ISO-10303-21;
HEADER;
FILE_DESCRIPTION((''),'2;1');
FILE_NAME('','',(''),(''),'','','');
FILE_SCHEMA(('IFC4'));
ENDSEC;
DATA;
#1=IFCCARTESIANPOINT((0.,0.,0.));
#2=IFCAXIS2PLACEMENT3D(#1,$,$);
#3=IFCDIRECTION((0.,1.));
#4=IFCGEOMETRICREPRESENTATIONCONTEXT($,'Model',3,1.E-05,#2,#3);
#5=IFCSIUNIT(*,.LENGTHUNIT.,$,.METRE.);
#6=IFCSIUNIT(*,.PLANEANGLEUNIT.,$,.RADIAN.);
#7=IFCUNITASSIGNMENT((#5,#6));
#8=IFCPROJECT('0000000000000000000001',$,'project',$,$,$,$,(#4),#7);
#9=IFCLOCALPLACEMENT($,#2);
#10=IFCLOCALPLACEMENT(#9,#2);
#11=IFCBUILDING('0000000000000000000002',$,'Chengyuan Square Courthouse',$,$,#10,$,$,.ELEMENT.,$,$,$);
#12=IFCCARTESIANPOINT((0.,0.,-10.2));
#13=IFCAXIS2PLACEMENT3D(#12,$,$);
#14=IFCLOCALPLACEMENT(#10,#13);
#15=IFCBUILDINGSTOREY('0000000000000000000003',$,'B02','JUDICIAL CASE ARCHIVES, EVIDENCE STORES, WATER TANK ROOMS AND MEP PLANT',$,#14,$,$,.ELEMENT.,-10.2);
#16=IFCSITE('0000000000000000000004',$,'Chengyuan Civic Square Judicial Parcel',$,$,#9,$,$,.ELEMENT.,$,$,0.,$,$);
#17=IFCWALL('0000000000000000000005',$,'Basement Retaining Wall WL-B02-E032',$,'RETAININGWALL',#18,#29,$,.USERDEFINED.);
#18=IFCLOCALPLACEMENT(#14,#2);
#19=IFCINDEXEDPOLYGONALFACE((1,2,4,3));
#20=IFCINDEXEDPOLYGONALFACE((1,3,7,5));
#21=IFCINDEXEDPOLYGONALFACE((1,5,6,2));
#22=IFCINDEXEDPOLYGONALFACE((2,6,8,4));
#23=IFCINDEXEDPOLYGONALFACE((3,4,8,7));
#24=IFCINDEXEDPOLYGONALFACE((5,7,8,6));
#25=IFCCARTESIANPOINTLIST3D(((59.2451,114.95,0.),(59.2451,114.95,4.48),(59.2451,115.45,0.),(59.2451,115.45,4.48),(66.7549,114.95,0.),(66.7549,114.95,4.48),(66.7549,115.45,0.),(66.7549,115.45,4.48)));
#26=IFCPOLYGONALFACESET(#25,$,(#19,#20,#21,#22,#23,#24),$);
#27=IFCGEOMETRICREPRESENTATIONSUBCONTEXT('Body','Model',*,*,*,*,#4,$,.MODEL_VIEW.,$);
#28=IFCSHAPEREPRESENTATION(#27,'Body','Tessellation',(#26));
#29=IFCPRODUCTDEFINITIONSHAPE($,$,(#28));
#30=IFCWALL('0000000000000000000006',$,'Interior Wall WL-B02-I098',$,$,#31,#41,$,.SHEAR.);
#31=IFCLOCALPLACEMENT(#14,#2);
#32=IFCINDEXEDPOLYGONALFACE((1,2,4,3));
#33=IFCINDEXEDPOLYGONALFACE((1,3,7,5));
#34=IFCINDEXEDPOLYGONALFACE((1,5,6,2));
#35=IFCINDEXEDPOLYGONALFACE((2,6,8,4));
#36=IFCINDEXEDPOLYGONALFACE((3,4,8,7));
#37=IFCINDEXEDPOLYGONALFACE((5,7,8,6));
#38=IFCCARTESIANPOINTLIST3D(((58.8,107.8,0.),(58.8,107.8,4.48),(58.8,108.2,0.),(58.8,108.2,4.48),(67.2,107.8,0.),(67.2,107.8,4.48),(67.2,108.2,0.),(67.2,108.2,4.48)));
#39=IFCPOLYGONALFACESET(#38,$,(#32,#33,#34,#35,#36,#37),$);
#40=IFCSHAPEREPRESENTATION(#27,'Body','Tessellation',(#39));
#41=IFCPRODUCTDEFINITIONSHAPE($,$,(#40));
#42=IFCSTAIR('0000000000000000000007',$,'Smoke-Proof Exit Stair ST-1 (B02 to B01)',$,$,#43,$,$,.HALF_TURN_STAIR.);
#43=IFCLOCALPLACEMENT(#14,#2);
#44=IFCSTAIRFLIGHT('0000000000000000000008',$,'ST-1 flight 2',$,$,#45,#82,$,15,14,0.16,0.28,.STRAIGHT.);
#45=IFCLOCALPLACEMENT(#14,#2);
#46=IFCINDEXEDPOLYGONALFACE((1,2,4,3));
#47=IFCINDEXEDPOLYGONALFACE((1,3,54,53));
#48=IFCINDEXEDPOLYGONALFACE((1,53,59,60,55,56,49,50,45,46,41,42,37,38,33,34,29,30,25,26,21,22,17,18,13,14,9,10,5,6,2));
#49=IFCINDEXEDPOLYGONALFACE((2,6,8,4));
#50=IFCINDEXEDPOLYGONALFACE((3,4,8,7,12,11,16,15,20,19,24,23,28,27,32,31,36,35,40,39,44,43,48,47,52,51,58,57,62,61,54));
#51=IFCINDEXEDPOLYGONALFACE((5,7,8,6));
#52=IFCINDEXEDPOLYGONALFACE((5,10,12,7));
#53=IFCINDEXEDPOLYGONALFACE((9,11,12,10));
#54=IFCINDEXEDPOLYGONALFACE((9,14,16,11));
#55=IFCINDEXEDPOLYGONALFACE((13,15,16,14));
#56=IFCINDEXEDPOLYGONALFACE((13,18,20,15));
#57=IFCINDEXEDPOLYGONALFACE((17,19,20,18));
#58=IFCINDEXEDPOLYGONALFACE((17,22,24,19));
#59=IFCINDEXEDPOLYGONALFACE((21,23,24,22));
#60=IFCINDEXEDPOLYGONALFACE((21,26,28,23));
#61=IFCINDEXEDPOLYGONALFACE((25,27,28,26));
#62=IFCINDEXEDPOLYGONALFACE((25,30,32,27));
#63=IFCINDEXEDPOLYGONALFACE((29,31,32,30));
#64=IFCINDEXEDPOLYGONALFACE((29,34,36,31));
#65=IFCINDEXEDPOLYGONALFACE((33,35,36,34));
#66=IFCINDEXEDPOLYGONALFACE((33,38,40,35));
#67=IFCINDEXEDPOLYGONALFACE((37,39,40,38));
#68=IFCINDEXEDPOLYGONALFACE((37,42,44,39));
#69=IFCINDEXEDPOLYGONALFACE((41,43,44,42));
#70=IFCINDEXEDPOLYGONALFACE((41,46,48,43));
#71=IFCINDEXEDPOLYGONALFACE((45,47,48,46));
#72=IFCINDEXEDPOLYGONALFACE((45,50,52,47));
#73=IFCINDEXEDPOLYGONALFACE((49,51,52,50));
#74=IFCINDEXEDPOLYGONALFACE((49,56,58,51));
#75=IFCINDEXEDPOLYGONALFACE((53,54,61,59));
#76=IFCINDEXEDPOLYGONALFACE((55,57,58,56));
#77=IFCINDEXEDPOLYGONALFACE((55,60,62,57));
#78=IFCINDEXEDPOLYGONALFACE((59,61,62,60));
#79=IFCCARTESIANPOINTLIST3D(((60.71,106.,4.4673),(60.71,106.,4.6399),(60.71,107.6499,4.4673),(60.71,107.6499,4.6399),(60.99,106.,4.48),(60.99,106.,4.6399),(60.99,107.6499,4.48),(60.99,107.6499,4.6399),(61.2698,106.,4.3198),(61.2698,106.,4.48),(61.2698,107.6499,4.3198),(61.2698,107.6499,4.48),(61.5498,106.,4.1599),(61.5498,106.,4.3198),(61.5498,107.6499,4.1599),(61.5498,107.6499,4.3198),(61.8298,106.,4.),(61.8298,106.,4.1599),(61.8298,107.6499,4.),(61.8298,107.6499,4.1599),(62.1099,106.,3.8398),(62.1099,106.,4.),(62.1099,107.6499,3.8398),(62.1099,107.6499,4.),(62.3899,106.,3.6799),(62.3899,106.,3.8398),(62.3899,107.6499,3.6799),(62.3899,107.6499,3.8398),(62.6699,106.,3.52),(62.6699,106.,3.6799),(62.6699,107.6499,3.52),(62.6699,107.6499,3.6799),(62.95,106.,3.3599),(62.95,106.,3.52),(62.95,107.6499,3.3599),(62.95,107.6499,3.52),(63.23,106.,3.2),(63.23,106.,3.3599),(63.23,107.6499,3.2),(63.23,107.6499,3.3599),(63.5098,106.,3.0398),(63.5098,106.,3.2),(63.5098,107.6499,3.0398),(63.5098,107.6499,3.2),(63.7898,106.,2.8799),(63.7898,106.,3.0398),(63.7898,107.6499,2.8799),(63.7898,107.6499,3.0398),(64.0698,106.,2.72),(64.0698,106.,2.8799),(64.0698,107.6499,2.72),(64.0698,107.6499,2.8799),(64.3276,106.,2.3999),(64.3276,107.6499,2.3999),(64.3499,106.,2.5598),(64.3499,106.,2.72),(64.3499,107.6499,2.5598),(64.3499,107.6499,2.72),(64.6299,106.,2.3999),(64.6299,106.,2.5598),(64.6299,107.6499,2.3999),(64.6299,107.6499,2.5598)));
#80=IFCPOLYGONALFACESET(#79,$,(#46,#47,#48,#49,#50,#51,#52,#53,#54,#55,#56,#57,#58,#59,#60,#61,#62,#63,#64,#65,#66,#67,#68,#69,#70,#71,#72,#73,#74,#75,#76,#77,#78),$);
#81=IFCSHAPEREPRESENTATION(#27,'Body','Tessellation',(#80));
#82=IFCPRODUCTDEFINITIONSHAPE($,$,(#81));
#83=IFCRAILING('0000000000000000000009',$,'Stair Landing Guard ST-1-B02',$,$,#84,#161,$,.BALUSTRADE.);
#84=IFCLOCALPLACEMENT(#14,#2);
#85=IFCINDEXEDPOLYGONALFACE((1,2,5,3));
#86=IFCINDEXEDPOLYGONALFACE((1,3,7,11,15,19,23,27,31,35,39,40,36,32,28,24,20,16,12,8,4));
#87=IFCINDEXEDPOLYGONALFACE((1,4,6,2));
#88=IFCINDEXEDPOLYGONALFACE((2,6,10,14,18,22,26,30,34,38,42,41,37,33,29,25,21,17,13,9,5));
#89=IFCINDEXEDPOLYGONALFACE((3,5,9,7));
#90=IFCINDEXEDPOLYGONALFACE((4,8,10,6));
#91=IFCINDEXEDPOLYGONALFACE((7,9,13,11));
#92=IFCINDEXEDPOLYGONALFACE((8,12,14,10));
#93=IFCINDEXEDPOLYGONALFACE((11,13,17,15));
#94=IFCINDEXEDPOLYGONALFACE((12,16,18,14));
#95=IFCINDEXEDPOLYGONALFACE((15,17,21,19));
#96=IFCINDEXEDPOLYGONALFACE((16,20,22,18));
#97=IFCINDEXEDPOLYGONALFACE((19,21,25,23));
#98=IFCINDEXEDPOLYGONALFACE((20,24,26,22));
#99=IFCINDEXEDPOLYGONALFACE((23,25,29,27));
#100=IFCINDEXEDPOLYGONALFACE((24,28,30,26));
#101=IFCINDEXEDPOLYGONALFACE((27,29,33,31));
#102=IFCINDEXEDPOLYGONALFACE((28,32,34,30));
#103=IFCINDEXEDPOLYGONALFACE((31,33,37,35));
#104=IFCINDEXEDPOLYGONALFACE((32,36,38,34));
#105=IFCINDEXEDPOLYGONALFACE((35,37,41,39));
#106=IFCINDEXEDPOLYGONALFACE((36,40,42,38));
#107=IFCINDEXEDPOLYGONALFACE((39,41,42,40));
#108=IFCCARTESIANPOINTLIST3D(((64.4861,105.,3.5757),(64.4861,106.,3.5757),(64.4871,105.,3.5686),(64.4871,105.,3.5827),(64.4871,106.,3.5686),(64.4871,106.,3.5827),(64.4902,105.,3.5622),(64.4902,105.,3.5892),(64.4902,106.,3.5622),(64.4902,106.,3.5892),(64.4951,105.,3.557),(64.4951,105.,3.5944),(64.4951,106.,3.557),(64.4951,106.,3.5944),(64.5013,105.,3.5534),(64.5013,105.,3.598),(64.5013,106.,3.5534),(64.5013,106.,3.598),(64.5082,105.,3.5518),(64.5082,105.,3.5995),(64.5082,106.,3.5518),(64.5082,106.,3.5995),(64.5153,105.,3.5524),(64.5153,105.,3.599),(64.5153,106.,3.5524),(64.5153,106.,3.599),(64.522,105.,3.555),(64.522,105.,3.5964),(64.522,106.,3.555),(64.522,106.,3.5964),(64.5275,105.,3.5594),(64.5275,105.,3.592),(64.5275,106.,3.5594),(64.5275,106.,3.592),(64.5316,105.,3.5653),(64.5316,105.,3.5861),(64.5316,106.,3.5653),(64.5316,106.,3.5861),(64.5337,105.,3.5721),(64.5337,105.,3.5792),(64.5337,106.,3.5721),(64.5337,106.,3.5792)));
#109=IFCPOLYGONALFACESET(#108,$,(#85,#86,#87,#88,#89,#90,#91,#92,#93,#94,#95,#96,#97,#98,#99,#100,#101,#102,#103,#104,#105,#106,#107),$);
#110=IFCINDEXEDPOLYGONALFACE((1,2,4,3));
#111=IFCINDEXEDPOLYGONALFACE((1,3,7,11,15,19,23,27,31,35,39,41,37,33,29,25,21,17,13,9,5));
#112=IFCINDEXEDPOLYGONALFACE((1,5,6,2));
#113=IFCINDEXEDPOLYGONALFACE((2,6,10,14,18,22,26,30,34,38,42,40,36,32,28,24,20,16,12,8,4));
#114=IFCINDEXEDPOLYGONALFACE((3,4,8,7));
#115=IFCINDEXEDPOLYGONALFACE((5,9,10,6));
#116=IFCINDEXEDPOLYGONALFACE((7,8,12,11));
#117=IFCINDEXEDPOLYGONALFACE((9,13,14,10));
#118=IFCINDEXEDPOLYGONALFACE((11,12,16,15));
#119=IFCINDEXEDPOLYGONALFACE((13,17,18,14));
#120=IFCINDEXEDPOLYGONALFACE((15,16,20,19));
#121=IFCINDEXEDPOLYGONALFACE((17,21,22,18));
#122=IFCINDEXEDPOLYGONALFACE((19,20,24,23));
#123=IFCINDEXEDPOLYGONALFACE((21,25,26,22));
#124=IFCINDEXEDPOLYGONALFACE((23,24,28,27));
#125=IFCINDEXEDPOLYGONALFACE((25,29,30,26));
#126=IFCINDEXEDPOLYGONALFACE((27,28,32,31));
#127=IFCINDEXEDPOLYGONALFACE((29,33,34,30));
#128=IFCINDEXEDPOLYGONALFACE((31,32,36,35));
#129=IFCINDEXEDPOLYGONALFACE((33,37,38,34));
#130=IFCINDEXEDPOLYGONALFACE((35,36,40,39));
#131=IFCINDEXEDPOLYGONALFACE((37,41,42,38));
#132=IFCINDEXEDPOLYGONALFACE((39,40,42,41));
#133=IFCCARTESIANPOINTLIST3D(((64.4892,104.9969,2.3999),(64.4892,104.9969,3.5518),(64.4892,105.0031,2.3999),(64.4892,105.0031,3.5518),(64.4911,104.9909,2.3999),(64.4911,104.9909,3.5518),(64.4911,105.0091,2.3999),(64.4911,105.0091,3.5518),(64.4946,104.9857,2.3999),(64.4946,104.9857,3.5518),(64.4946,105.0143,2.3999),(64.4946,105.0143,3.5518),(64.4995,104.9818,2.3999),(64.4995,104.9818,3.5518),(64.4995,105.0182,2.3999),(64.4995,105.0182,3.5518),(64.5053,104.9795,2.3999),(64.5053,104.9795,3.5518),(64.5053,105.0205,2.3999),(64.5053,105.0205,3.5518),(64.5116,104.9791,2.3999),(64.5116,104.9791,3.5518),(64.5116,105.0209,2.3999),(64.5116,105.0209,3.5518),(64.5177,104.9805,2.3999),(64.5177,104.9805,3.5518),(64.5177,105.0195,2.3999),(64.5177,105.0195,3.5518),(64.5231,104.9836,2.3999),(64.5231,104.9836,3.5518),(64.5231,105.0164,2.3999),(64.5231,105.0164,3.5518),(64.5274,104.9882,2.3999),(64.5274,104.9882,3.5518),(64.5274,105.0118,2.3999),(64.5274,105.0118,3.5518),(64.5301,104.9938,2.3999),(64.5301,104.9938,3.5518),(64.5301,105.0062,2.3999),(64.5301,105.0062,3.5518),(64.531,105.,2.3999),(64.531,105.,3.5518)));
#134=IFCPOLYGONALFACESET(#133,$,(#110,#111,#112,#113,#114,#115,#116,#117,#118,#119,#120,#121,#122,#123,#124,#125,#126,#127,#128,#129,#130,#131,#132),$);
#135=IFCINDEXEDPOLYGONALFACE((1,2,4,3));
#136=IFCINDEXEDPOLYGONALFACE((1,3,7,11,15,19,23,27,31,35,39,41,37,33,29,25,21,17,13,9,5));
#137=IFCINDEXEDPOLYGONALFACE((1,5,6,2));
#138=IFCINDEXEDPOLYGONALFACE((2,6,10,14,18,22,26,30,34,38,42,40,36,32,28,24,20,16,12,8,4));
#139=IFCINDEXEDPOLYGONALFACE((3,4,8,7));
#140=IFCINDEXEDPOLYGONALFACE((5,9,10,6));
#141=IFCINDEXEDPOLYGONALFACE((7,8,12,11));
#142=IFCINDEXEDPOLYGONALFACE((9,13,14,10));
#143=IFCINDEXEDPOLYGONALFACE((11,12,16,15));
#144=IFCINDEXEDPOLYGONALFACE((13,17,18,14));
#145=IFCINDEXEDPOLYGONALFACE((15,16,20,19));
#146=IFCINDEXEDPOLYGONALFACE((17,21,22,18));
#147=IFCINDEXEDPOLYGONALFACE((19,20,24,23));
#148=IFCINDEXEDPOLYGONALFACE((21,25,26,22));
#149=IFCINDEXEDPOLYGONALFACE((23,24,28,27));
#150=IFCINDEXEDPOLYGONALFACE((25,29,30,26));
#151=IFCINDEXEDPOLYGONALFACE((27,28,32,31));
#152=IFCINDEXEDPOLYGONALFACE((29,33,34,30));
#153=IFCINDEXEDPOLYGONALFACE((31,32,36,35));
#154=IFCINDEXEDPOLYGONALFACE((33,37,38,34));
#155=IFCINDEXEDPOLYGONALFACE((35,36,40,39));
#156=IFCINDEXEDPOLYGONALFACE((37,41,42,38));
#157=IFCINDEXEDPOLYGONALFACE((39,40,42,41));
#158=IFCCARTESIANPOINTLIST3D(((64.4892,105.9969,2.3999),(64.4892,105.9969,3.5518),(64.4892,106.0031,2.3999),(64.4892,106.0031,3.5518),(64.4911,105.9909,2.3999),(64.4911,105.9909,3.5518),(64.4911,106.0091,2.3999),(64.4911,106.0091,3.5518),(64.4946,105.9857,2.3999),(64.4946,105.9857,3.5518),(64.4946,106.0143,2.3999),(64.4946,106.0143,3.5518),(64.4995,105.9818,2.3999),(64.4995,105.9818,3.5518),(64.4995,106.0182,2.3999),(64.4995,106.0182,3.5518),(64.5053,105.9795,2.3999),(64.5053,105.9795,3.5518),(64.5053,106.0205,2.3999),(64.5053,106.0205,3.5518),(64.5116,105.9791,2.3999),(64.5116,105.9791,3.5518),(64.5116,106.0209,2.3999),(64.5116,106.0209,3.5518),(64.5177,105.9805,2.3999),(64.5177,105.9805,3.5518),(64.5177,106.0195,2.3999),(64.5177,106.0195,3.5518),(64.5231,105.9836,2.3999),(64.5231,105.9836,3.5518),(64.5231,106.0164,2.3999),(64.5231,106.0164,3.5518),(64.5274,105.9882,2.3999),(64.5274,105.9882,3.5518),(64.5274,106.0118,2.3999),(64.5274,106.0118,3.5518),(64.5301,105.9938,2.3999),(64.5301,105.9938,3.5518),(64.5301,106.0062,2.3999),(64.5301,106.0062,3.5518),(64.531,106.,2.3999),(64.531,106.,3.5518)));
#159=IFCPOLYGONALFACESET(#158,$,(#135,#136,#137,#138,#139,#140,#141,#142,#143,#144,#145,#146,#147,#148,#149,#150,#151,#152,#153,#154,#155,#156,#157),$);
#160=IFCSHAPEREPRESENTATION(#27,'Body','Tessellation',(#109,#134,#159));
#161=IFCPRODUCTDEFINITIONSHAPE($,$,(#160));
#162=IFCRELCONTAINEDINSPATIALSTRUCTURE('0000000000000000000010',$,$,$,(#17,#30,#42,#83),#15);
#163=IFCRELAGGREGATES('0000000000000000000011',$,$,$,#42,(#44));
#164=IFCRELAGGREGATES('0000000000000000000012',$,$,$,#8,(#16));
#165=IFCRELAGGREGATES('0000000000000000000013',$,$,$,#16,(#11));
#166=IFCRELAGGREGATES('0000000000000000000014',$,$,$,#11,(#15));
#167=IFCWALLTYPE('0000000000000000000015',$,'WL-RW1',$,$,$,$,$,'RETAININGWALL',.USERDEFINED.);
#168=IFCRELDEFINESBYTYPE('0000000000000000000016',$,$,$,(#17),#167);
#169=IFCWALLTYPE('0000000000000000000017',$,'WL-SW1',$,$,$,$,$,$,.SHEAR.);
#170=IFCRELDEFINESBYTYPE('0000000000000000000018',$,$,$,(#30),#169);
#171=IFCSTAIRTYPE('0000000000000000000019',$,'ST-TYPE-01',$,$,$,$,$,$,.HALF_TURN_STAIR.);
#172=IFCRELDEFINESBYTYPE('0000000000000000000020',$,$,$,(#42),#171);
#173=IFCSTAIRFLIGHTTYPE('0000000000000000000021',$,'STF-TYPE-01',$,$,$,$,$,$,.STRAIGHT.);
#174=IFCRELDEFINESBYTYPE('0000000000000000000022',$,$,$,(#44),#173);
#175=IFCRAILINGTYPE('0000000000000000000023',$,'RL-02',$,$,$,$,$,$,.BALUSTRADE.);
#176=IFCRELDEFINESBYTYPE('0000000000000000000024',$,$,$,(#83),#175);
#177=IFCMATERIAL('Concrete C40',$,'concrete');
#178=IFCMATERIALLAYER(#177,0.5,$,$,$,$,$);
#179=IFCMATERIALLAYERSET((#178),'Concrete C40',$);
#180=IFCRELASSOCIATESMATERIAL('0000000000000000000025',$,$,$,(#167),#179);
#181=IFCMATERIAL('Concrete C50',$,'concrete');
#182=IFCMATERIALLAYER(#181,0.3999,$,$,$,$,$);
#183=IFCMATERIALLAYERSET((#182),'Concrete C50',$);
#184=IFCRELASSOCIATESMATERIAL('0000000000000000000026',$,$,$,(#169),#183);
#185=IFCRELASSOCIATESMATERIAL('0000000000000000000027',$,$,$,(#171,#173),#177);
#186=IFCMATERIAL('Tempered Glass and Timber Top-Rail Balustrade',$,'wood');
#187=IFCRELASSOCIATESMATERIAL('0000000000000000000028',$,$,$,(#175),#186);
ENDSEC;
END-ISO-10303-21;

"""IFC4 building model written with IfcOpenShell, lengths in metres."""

from ifc_helpers import new_model, si_unit, direction, frame, frame_2d, origin, origin_2d, place, context, subcontext, project, spatial, polyline, rectangle, circle, outline, extrude, material, layer, layer_set, type_object, element, aggregate, save


model = new_model("IFC4")

# Units and contexts
model_context = context("Model", 3, precision=1e-05, world=origin(), true_north=direction((0.0, 1.0)))
body_context = subcontext(model_context, "Body", "Model", "MODEL_VIEW")
ifc_project = project(units=[si_unit("LENGTHUNIT", "METRE"), si_unit("PLANEANGLEUNIT", "RADIAN")], contexts=[model_context])

# Site, building, storey
site_placement = place(None, origin())
site = spatial("IfcSite", under=ifc_project, at=site_placement, Name="Chengyuan Civic Square Judicial Parcel", CompositionType="ELEMENT", RefElevation=0.0)
building_placement = place(site_placement, origin())
building = spatial("IfcBuilding", under=site, at=building_placement, Name="Chengyuan Square Courthouse", CompositionType="ELEMENT")
storey_placement = place(building_placement, frame((0.0, 0.0, -10.2)))
storey = spatial("IfcBuildingStorey", under=building, at=storey_placement, Name="B02", Description="JUDICIAL CASE ARCHIVES, EVIDENCE STORES, WATER TANK ROOMS AND MEP PLANT", CompositionType="ELEMENT", Elevation=-10.2)

# Shared definitions
ifc_material_1 = material(Name="Concrete C40", Category="concrete")

# Shared definitions
ifc_material_2 = material(Name="Concrete C50", Category="concrete")

# Walls
ifc_layer_1 = layer(ifc_material_1, 0.5)
ifc_layer_set_1 = layer_set([ifc_layer_1], Name="Concrete C40")
wall_type_1 = type_object("IfcWallType", Name="WL-RW1", ElementType="RETAININGWALL", PredefinedType="USERDEFINED", material=ifc_layer_set_1)
wall_1_placement = place(storey_placement, frame((59.2451, 115.2, 0.0), z_axis=(0.0, 0.0, 1.0), x_axis=(1.0, 0.0, 0.0)))
element("IfcWall", 1, at=wall_1_placement, inside=storey, type_object=wall_type_1, Name="Basement Retaining Wall WL-B02-E032", ObjectType="RETAININGWALL", PredefinedType="USERDEFINED", context=body_context, shape_type="SweptSolid", body=[
    extrude(rectangle(XDim=7.5098, YDim=0.5, at=frame_2d((3.7549, 0.0))), origin(), (0.0, 0.0, 1.0), 4.48),
])
ifc_layer_2 = layer(ifc_material_2, 0.3999)
ifc_layer_set_2 = layer_set([ifc_layer_2], Name="Concrete C50")
wall_type_2 = type_object("IfcWallType", Name="WL-SW1", PredefinedType="SHEAR", material=ifc_layer_set_2)
wall_2_placement = place(storey_placement, frame((58.8, 108.0, 0.0), z_axis=(0.0, 0.0, 1.0), x_axis=(1.0, 0.0, 0.0)))
element("IfcWall", 2, at=wall_2_placement, inside=storey, type_object=wall_type_2, Name="Interior Wall WL-B02-I098", PredefinedType="SHEAR", context=body_context, shape_type="SweptSolid", body=[
    extrude(rectangle(XDim=8.3999, YDim=0.3999, at=frame_2d((4.2, 0.0))), origin(), (0.0, 0.0, 1.0), 4.48),
])

# Stair, stair flight
stair_type = type_object("IfcStairType", Name="ST-TYPE-01", PredefinedType="HALF_TURN_STAIR", material=ifc_material_1)
stair_placement = place(storey_placement, origin())
stair = element("IfcStair", 3, at=stair_placement, inside=storey, type_object=stair_type, Name="Smoke-Proof Exit Stair ST-1 (B02 to B01)", PredefinedType="HALF_TURN_STAIR")
stair_flight_type = type_object("IfcStairFlightType", Name="STF-TYPE-01", PredefinedType="STRAIGHT", material=ifc_material_1)
stair_flight_placement = place(storey_placement, frame((64.6299, 106.825, 2.3999), z_axis=(0.0, 0.0, 1.0), x_axis=(-1.0, 0.0, 0.0)))
stair_flight = element("IfcStairFlight", 4, at=stair_flight_placement, type_object=stair_flight_type, Name="ST-1 flight 2", NumberOfRisers=15, NumberOfTreads=14, PredefinedType="STRAIGHT", RiserHeight=0.16, TreadLength=0.28, context=body_context, shape_type="SweptSolid", body=[
    extrude(outline(polyline([(0.0, 0.0), (0.0, 0.1599), (0.28, 0.1599), (0.28, 0.3201), (0.5601, 0.3201), (0.5601, 0.48), (0.8401, 0.48), (0.8401, 0.6399), (1.1201, 0.6399), (1.1201, 0.8), (1.3999, 0.8), (1.3999, 0.96), (1.6799, 0.96), (1.6799, 1.1201), (1.96, 1.1201), (1.96, 1.28), (2.24, 1.28), (2.24, 1.4399), (2.52, 1.4399), (2.52, 1.6001), (2.8, 1.6001), (2.8, 1.76), (3.0801, 1.76), (3.0801, 1.9199), (3.3601, 1.9199), (3.3601, 2.0801), (3.6399, 2.0801), (3.6399, 2.24), (3.9199, 2.24), (3.9199, 2.3999), (3.9199, 2.0674), (0.3022, 0.0), (0.0, 0.0)])), frame((0.0, 0.825, 0.0), z_axis=(0.0, -1.0, 0.0), x_axis=(1.0, 0.0, 0.0)), (0.0, 0.0, 1.0), 1.6499),
])
aggregate(stair, [stair_flight])

# Railing
ifc_material_3 = material(Name="Tempered Glass and Timber Top-Rail Balustrade", Category="wood")
railing_type_1 = type_object("IfcRailingType", Name="RL-02", PredefinedType="BALUSTRADE", material=ifc_material_3)
railing_1_placement = place(storey_placement, frame((64.51, 105.0, 2.3999)))
element("IfcRailing", 5, at=railing_1_placement, inside=storey, type_object=railing_type_1, Name="Stair Landing Guard ST-1-B02", PredefinedType="BALUSTRADE", context=body_context, shape_type="SweptSolid", body=[
    extrude(circle(Radius=0.0239, at=origin_2d()), frame((0.0, 0.0, 1.1758), z_axis=(0.0, 1.0, 0.0), x_axis=(-1.0, 0.0, 0.0)), (0.0, 0.0, 1.0), 1.0),
    extrude(circle(Radius=0.021, at=origin_2d()), origin(), (0.0, 0.0, 1.0), 1.1519),
    extrude(circle(Radius=0.021, at=origin_2d()), frame((0.0, 1.0, 0.0)), (0.0, 0.0, 1.0), 1.1519),
])

save(model, "model.ifc")
